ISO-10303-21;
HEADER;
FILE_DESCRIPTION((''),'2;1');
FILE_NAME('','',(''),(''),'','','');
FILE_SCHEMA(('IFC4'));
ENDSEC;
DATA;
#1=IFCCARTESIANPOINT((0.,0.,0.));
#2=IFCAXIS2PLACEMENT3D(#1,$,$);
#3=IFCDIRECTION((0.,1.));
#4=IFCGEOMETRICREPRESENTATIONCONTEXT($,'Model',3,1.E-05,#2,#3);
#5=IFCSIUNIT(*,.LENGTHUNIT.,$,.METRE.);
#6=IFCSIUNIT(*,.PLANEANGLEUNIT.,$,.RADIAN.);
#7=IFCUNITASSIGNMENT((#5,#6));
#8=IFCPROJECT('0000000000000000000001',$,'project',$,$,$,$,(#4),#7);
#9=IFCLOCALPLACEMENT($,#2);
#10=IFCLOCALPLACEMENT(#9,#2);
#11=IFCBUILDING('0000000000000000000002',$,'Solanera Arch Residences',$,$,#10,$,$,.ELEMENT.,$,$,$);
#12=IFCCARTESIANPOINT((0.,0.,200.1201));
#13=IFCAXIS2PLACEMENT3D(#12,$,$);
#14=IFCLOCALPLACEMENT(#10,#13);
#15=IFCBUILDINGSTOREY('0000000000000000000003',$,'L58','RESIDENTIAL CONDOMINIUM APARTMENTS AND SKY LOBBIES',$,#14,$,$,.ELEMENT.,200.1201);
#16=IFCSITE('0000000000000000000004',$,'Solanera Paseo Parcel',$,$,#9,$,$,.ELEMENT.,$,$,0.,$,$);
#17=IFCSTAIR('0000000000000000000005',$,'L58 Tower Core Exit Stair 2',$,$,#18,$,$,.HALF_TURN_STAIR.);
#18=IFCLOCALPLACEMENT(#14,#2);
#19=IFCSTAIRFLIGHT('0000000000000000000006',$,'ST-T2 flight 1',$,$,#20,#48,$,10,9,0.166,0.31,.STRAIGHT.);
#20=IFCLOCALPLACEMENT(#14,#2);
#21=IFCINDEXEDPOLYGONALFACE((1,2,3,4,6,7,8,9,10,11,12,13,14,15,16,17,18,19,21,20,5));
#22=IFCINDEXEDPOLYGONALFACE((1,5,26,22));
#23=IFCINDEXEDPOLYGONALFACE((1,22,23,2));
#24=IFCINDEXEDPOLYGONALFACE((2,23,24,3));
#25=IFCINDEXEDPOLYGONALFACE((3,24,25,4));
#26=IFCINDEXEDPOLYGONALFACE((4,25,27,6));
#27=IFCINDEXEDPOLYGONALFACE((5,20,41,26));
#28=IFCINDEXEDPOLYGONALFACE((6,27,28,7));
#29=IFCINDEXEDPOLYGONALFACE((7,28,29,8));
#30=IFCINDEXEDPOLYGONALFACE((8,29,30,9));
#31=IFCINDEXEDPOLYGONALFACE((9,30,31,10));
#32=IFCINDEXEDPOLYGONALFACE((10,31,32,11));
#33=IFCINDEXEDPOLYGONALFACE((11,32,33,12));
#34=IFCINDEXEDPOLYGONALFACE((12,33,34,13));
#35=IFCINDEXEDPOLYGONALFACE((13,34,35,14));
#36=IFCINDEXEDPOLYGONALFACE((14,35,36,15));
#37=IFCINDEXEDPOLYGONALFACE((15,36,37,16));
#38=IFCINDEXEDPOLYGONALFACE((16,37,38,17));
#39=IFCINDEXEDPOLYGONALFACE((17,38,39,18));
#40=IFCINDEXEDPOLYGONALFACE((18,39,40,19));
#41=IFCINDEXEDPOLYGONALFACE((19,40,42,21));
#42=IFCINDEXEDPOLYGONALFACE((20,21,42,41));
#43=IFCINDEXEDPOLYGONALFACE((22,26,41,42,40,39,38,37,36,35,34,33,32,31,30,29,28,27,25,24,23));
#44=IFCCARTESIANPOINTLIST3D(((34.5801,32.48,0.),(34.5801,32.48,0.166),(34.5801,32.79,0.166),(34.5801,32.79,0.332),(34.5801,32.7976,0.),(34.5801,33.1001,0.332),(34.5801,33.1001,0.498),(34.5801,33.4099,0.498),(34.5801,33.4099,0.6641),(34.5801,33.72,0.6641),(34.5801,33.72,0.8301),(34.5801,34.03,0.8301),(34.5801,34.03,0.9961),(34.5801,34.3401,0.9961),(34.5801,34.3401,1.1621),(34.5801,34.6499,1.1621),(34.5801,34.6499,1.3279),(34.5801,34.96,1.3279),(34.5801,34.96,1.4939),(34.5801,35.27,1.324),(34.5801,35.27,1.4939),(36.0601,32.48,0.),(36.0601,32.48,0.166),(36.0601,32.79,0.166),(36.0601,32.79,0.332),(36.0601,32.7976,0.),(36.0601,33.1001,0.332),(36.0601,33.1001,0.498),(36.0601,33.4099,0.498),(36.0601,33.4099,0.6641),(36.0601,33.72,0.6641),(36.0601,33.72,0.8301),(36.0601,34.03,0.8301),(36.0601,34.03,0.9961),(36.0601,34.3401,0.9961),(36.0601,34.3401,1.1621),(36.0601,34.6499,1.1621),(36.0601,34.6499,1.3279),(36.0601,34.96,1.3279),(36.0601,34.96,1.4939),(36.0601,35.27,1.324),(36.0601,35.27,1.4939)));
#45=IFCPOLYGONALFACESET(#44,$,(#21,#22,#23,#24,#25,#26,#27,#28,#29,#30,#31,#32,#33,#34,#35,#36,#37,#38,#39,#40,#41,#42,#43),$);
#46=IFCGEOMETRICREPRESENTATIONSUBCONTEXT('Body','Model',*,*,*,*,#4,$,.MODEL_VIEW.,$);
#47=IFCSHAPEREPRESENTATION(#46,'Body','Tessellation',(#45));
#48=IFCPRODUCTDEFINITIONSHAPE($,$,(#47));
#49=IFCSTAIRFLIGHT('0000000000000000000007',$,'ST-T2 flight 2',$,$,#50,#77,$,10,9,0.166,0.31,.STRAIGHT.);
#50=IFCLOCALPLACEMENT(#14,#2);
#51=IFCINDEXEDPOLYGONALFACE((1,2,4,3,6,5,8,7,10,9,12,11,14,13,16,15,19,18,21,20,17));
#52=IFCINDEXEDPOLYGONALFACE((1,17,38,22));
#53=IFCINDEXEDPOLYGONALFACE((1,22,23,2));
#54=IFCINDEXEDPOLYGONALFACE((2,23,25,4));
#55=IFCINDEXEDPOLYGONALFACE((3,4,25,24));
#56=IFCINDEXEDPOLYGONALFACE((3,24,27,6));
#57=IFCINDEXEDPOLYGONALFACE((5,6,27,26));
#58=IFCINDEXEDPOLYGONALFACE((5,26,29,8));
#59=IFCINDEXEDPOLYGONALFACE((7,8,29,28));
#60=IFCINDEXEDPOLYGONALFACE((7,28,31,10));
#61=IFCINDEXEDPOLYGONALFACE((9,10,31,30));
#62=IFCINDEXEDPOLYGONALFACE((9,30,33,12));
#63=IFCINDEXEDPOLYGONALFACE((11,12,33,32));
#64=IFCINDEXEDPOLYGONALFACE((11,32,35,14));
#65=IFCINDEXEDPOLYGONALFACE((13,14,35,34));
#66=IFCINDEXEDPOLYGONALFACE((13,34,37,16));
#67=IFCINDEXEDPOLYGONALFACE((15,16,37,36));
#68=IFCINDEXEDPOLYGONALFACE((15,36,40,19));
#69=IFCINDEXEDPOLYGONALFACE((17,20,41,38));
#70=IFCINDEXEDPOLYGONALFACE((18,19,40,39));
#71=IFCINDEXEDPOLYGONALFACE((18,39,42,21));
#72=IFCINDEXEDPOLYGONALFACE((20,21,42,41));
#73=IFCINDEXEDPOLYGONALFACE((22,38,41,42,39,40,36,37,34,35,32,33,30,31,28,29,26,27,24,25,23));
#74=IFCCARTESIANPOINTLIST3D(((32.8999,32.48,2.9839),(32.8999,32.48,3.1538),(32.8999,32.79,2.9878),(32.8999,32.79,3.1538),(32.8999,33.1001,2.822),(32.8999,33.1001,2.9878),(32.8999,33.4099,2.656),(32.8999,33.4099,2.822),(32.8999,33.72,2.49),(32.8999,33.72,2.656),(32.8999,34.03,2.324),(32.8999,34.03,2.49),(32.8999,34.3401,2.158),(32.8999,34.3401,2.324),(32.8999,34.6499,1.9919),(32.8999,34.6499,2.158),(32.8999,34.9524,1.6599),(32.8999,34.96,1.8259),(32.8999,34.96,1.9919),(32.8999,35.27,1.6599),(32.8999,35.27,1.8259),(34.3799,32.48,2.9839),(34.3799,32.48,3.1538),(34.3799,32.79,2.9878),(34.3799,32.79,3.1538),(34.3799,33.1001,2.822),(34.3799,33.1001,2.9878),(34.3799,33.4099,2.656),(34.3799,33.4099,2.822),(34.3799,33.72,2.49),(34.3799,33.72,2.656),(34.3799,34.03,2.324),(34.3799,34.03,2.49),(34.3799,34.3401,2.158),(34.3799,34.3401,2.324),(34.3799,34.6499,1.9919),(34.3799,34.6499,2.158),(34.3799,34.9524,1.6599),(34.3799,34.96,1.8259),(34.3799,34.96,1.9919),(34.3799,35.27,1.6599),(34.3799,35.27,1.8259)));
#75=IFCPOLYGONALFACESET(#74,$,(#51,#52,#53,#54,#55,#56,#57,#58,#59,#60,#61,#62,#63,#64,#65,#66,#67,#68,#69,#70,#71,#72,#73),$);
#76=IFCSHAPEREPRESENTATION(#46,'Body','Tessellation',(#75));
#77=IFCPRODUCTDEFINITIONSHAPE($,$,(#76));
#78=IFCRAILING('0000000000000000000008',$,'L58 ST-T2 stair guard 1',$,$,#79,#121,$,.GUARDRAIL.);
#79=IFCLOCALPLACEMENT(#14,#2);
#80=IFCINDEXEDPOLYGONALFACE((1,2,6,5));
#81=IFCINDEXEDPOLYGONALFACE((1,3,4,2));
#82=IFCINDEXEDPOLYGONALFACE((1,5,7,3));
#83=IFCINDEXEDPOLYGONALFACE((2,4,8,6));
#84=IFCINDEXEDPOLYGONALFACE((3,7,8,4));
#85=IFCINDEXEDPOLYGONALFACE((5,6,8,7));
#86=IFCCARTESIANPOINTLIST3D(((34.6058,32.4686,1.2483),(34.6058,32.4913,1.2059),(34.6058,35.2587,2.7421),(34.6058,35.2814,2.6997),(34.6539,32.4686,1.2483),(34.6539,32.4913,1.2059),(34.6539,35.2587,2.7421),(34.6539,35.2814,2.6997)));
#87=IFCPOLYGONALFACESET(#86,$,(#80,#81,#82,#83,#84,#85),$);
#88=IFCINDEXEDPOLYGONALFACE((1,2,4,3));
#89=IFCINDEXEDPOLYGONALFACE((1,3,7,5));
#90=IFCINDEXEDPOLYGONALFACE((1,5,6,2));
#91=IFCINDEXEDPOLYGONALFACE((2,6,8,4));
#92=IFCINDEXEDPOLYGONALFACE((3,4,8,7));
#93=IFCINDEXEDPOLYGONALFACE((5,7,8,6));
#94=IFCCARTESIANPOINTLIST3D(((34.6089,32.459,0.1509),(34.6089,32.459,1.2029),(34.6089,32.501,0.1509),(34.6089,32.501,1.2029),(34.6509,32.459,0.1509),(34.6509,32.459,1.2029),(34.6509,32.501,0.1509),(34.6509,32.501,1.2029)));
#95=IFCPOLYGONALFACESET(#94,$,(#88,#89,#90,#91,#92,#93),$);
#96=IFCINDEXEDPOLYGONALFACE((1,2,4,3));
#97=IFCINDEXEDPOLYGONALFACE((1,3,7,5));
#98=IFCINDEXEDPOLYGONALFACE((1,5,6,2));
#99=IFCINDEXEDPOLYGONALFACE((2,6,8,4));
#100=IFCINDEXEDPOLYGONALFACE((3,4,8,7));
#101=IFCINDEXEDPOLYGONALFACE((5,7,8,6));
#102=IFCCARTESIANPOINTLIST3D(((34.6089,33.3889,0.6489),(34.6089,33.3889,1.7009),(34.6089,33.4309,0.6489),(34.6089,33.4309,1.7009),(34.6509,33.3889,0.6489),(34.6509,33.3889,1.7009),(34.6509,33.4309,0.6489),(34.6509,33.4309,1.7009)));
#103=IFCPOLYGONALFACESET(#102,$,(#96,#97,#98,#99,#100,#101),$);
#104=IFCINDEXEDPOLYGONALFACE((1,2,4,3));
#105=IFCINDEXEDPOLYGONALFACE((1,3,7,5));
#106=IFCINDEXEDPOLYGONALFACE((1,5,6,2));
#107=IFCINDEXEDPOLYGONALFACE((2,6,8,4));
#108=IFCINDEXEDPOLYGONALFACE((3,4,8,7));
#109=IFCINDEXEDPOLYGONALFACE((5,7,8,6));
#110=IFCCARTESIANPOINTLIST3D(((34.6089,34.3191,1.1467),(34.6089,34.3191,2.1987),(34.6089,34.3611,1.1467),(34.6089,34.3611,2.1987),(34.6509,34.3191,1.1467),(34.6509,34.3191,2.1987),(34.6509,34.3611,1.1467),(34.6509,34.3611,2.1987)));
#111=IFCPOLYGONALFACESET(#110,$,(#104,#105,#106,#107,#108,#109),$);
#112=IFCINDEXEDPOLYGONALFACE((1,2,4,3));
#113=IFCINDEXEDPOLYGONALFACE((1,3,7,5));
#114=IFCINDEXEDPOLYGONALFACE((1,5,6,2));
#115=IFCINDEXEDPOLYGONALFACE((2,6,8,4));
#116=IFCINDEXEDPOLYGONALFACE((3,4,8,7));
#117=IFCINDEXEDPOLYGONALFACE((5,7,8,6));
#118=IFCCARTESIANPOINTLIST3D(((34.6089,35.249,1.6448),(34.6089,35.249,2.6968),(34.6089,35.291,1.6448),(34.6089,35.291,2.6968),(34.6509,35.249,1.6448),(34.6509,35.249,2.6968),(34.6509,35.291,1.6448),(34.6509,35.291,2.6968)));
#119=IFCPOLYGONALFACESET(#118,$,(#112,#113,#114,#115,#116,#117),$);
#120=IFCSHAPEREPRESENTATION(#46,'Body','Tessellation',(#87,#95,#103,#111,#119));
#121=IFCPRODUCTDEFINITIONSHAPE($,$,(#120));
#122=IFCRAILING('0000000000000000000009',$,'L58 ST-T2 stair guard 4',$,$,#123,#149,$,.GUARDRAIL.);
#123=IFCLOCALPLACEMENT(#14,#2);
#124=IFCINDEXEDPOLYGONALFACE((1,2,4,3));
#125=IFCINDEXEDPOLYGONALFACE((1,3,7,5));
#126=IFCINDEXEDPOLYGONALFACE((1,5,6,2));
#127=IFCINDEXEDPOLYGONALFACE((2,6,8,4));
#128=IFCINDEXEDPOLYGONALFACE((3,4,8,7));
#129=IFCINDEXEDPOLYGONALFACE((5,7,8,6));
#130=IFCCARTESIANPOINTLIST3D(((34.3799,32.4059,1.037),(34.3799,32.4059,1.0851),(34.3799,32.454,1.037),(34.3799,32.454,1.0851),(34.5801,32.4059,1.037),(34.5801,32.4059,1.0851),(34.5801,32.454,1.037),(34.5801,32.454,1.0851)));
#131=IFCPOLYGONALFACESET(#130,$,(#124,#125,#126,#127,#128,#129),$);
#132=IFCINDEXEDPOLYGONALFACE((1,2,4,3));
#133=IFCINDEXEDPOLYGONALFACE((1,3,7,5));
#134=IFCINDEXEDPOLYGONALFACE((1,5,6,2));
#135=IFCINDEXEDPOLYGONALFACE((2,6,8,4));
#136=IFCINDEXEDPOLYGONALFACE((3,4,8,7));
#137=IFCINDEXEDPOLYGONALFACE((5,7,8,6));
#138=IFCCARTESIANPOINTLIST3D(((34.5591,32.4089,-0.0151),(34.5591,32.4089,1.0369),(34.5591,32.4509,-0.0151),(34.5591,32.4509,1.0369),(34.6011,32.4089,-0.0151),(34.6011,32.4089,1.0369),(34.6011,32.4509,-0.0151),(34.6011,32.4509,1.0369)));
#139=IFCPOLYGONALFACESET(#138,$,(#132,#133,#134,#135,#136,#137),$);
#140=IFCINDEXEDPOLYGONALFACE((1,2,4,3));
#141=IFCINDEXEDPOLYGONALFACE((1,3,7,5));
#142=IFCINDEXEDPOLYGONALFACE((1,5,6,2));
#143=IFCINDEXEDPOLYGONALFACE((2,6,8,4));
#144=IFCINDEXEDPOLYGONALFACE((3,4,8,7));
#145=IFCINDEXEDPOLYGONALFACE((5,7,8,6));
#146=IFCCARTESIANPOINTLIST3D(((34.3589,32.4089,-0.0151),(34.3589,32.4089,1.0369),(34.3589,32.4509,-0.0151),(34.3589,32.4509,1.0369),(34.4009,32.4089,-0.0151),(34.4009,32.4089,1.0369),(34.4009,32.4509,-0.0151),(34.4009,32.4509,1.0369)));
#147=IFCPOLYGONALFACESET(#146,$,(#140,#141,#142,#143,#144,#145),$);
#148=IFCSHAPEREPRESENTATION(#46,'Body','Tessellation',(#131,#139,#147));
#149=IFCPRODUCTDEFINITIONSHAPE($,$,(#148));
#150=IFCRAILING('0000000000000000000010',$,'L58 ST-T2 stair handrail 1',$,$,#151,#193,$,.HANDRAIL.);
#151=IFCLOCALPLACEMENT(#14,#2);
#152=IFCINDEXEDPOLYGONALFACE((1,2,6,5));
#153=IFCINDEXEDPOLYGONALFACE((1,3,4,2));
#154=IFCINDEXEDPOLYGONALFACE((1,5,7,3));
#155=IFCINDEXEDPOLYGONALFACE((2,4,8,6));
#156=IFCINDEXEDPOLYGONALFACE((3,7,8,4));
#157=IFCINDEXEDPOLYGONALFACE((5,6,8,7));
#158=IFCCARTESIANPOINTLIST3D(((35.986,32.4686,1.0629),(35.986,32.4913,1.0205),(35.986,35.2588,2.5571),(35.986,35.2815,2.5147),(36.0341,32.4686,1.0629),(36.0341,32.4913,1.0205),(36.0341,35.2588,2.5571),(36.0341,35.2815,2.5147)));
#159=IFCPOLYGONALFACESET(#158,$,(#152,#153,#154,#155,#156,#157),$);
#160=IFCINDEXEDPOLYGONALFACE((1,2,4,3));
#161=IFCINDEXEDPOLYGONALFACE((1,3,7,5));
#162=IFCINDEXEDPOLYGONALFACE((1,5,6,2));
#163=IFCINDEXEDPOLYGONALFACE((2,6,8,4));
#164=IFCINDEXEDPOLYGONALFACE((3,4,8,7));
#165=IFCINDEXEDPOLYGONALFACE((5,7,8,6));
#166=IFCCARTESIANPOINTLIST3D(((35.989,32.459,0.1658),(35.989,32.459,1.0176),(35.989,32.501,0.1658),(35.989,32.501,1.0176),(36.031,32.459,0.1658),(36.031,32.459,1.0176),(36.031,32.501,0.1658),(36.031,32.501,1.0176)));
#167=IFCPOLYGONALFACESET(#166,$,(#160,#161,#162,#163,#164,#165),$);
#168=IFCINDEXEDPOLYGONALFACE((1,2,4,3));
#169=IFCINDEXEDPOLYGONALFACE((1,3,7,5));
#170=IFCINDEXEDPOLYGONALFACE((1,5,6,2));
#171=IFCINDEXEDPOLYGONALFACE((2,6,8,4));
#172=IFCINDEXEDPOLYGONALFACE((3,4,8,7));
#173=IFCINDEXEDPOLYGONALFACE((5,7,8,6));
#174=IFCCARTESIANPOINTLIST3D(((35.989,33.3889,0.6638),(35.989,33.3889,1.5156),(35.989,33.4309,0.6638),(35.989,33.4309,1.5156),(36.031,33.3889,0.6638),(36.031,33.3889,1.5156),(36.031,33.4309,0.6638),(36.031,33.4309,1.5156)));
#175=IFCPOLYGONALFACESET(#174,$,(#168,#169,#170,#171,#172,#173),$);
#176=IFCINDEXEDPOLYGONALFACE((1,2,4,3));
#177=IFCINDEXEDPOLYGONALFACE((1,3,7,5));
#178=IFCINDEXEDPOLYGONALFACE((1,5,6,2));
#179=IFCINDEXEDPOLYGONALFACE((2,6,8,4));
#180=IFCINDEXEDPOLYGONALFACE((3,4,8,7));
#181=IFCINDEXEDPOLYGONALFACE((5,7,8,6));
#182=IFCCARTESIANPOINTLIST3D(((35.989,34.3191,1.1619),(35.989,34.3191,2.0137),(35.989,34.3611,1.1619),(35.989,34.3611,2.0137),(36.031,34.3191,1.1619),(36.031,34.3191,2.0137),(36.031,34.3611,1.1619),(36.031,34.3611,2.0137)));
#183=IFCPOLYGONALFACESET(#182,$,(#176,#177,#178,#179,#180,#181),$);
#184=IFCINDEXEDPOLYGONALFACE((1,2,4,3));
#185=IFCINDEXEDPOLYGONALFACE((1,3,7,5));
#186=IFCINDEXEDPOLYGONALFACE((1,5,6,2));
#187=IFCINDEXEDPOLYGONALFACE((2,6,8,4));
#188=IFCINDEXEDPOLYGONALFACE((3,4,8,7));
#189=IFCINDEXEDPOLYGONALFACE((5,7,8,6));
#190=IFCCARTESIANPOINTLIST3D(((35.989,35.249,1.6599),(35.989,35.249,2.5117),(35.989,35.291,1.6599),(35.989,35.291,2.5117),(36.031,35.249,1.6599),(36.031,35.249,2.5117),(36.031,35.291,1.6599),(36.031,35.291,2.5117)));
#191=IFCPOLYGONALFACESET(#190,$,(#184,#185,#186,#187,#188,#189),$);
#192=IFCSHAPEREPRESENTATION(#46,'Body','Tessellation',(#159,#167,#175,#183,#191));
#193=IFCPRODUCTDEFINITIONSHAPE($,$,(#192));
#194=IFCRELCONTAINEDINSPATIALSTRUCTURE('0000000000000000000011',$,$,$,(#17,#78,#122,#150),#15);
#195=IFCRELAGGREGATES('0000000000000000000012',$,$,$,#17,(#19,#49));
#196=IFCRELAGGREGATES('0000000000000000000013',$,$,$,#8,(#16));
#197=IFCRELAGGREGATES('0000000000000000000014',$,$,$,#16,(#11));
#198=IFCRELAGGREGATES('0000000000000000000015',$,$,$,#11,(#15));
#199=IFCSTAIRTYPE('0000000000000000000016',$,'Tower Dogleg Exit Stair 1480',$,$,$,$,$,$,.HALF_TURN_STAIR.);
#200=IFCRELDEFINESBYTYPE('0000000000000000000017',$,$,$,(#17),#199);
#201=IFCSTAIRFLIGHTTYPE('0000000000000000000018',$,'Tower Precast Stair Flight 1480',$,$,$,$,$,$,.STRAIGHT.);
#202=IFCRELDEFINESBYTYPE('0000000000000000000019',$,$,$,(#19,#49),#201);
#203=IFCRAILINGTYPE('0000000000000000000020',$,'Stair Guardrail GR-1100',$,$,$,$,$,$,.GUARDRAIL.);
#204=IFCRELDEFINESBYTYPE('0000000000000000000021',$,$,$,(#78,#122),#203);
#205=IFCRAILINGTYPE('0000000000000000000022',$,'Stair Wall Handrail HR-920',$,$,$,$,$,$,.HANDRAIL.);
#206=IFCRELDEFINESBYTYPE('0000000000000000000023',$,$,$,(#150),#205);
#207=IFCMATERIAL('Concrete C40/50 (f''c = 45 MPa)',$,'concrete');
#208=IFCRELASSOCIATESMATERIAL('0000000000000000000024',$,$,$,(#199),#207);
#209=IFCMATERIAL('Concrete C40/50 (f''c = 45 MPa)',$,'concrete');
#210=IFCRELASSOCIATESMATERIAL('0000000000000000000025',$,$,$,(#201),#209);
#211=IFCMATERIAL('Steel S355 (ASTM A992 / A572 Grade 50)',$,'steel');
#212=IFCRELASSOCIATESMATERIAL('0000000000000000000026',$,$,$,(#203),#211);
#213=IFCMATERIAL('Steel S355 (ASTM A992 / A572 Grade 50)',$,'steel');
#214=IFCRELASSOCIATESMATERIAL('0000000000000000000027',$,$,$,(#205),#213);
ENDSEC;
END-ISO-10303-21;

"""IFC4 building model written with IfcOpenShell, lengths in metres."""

from ifc_helpers import new_model, si_unit, direction, frame, origin, origin_2d, place, context, subcontext, project, spatial, polyline, rectangle, outline, extrude, material, type_object, element, aggregate, save


model = new_model("IFC4")

# Units and contexts
model_context = context("Model", 3, precision=1e-05, world=origin(), true_north=direction((0.0, 1.0)))
body_context = subcontext(model_context, "Body", "Model", "MODEL_VIEW")
ifc_project = project(units=[si_unit("LENGTHUNIT", "METRE"), si_unit("PLANEANGLEUNIT", "RADIAN")], contexts=[model_context])

# Site, building, storey
site_placement = place(None, origin())
site = spatial("IfcSite", under=ifc_project, at=site_placement, Name="Solanera Paseo Parcel", CompositionType="ELEMENT", RefElevation=0.0)
building_placement = place(site_placement, origin())
building = spatial("IfcBuilding", under=site, at=building_placement, Name="Solanera Arch Residences", CompositionType="ELEMENT")
storey_placement = place(building_placement, frame((0.0, 0.0, 200.1201)))
storey = spatial("IfcBuildingStorey", under=building, at=storey_placement, Name="L58", Description="RESIDENTIAL CONDOMINIUM APARTMENTS AND SKY LOBBIES", CompositionType="ELEMENT", Elevation=200.1201)

# Stair, stair flights
ifc_material_1 = material(Name="Concrete C40/50 (f'c = 45 MPa)", Category="concrete")
stair_type = type_object("IfcStairType", Name="Tower Dogleg Exit Stair 1480", PredefinedType="HALF_TURN_STAIR", material=ifc_material_1)
stair_placement = place(storey_placement, origin())
stair = element("IfcStair", 1, at=stair_placement, inside=storey, type_object=stair_type, Name="L58 Tower Core Exit Stair 2", PredefinedType="HALF_TURN_STAIR")
ifc_material_2 = material(Name="Concrete C40/50 (f'c = 45 MPa)", Category="concrete")
stair_flight_type = type_object("IfcStairFlightType", Name="Tower Precast Stair Flight 1480", PredefinedType="STRAIGHT", material=ifc_material_2)
stair_flight_1_placement = place(storey_placement, frame((35.3201, 32.48, 0.0), z_axis=(0.0, 0.0, 1.0), x_axis=(0.0, 1.0, 0.0)))
stair_flight_1 = element("IfcStairFlight", 2, at=stair_flight_1_placement, type_object=stair_flight_type, Name="ST-T2 flight 1", NumberOfRisers=10, NumberOfTreads=9, PredefinedType="STRAIGHT", RiserHeight=0.166, TreadLength=0.31, context=body_context, shape_type="SweptSolid", body=[
    extrude(outline(polyline([(0.0, 0.0), (0.0, 0.166), (0.3101, 0.166), (0.3101, 0.332), (0.6201, 0.332), (0.6201, 0.498), (0.9299, 0.498), (0.9299, 0.6641), (1.24, 0.6641), (1.24, 0.8301), (1.55, 0.8301), (1.55, 0.9961), (1.8601, 0.9961), (1.8601, 1.1621), (2.1699, 1.1621), (2.1699, 1.3279), (2.48, 1.3279), (2.48, 1.4939), (2.79, 1.4939), (2.79, 1.6599), (2.79, 1.324), (0.3176, 0.0), (0.0, 0.0)])), frame((0.0, 0.74, 0.0), z_axis=(0.0, -1.0, 0.0), x_axis=(1.0, 0.0, 0.0)), (0.0, 0.0, 1.0), 1.48),
])
stair_flight_2_placement = place(storey_placement, frame((33.6399, 35.27, 1.6599), z_axis=(0.0, 0.0, 1.0), x_axis=(0.0, -1.0, 0.0)))
stair_flight_2 = element("IfcStairFlight", 3, at=stair_flight_2_placement, type_object=stair_flight_type, Name="ST-T2 flight 2", NumberOfRisers=10, NumberOfTreads=9, PredefinedType="STRAIGHT", RiserHeight=0.166, TreadLength=0.31, context=body_context, shape_type="SweptSolid", body=[
    extrude(outline(polyline([(0.0, 0.0), (0.0, 0.166), (0.3101, 0.166), (0.3101, 0.332), (0.6201, 0.332), (0.6201, 0.498), (0.9299, 0.498), (0.9299, 0.6641), (1.24, 0.6641), (1.24, 0.8301), (1.55, 0.8301), (1.55, 0.9961), (1.8601, 0.9961), (1.8601, 1.1621), (2.1699, 1.1621), (2.1699, 1.3279), (2.48, 1.3279), (2.48, 1.4939), (2.79, 1.4939), (2.79, 1.6599), (2.79, 1.324), (0.3176, 0.0), (0.0, 0.0)])), frame((0.0, 0.74, 0.0), z_axis=(0.0, -1.0, 0.0), x_axis=(1.0, 0.0, 0.0)), (0.0, 0.0, 1.0), 1.48),
])
aggregate(stair, [stair_flight_1, stair_flight_2])

# Railings
ifc_material_3 = material(Name="Steel S355 (ASTM A992 / A572 Grade 50)", Category="steel")
railing_type_1 = type_object("IfcRailingType", Name="Stair Guardrail GR-1100", PredefinedType="GUARDRAIL", material=ifc_material_3)
railing_1_placement = place(storey_placement, frame((34.6299, 32.48, 0.1509)))
element("IfcRailing", 4, at=railing_1_placement, inside=storey, type_object=railing_type_1, Name="L58 ST-T2 stair guard 1", PredefinedType="GUARDRAIL", context=body_context, shape_type="SweptSolid", body=[
    extrude(rectangle(XDim=0.0481, YDim=0.0481, at=origin_2d()), frame((0.0, 0.0, 1.0762), z_axis=(0.0, 0.881581, 0.472033), x_axis=(-1.0, 0.0, 0.0)), (0.0, 0.0, 1.0), 3.1648),
    extrude(rectangle(XDim=0.042, YDim=0.042, at=origin_2d()), origin(), (0.0, 0.0, 1.0), 1.052),
    extrude(rectangle(XDim=0.042, YDim=0.042, at=origin_2d()), frame((0.0, 0.9299, 0.498)), (0.0, 0.0, 1.0), 1.052),
    extrude(rectangle(XDim=0.042, YDim=0.042, at=origin_2d()), frame((0.0, 1.8601, 0.9958)), (0.0, 0.0, 1.0), 1.052),
    extrude(rectangle(XDim=0.042, YDim=0.042, at=origin_2d()), frame((0.0, 2.79, 1.4939)), (0.0, 0.0, 1.0), 1.052),
])
railing_2_placement = place(storey_placement, frame((34.5801, 32.4299, -0.0151)))
element("IfcRailing", 5, at=railing_2_placement, inside=storey, type_object=railing_type_1, Name="L58 ST-T2 stair guard 4", PredefinedType="GUARDRAIL", context=body_context, shape_type="SweptSolid", body=[
    extrude(rectangle(XDim=0.0481, YDim=0.0481, at=origin_2d()), frame((0.0, 0.0, 1.0762), z_axis=(-1.0, 0.0, 0.0), x_axis=(0.0, -1.0, 0.0)), (0.0, 0.0, 1.0), 0.2002),
    extrude(rectangle(XDim=0.042, YDim=0.042, at=origin_2d()), origin(), (0.0, 0.0, 1.0), 1.052),
    extrude(rectangle(XDim=0.042, YDim=0.042, at=origin_2d()), frame((-0.2002, 0.0, 0.0)), (0.0, 0.0, 1.0), 1.052),
])
ifc_material_4 = material(Name="Steel S355 (ASTM A992 / A572 Grade 50)", Category="steel")
railing_type_2 = type_object("IfcRailingType", Name="Stair Wall Handrail HR-920", PredefinedType="HANDRAIL", material=ifc_material_4)
railing_3_placement = place(storey_placement, frame((36.01, 32.48, 0.1658)))
element("IfcRailing", 6, at=railing_3_placement, inside=storey, type_object=railing_type_2, Name="L58 ST-T2 stair handrail 1", PredefinedType="HANDRAIL", context=body_context, shape_type="SweptSolid", body=[
    extrude(rectangle(XDim=0.0481, YDim=0.0481, at=origin_2d()), frame((0.0, 0.0, 0.876), z_axis=(0.0, 0.881549, 0.472093), x_axis=(-1.0, 0.0, 0.0)), (0.0, 0.0, 1.0), 3.165),
    extrude(rectangle(XDim=0.042, YDim=0.042, at=origin_2d()), origin(), (0.0, 0.0, 1.0), 0.8518),
    extrude(rectangle(XDim=0.042, YDim=0.042, at=origin_2d()), frame((0.0, 0.9299, 0.498)), (0.0, 0.0, 1.0), 0.8518),
    extrude(rectangle(XDim=0.042, YDim=0.042, at=origin_2d()), frame((0.0, 1.8601, 0.9961)), (0.0, 0.0, 1.0), 0.8518),
    extrude(rectangle(XDim=0.042, YDim=0.042, at=origin_2d()), frame((0.0, 2.79, 1.4941)), (0.0, 0.0, 1.0), 0.8518),
])

save(model, "model.ifc")
